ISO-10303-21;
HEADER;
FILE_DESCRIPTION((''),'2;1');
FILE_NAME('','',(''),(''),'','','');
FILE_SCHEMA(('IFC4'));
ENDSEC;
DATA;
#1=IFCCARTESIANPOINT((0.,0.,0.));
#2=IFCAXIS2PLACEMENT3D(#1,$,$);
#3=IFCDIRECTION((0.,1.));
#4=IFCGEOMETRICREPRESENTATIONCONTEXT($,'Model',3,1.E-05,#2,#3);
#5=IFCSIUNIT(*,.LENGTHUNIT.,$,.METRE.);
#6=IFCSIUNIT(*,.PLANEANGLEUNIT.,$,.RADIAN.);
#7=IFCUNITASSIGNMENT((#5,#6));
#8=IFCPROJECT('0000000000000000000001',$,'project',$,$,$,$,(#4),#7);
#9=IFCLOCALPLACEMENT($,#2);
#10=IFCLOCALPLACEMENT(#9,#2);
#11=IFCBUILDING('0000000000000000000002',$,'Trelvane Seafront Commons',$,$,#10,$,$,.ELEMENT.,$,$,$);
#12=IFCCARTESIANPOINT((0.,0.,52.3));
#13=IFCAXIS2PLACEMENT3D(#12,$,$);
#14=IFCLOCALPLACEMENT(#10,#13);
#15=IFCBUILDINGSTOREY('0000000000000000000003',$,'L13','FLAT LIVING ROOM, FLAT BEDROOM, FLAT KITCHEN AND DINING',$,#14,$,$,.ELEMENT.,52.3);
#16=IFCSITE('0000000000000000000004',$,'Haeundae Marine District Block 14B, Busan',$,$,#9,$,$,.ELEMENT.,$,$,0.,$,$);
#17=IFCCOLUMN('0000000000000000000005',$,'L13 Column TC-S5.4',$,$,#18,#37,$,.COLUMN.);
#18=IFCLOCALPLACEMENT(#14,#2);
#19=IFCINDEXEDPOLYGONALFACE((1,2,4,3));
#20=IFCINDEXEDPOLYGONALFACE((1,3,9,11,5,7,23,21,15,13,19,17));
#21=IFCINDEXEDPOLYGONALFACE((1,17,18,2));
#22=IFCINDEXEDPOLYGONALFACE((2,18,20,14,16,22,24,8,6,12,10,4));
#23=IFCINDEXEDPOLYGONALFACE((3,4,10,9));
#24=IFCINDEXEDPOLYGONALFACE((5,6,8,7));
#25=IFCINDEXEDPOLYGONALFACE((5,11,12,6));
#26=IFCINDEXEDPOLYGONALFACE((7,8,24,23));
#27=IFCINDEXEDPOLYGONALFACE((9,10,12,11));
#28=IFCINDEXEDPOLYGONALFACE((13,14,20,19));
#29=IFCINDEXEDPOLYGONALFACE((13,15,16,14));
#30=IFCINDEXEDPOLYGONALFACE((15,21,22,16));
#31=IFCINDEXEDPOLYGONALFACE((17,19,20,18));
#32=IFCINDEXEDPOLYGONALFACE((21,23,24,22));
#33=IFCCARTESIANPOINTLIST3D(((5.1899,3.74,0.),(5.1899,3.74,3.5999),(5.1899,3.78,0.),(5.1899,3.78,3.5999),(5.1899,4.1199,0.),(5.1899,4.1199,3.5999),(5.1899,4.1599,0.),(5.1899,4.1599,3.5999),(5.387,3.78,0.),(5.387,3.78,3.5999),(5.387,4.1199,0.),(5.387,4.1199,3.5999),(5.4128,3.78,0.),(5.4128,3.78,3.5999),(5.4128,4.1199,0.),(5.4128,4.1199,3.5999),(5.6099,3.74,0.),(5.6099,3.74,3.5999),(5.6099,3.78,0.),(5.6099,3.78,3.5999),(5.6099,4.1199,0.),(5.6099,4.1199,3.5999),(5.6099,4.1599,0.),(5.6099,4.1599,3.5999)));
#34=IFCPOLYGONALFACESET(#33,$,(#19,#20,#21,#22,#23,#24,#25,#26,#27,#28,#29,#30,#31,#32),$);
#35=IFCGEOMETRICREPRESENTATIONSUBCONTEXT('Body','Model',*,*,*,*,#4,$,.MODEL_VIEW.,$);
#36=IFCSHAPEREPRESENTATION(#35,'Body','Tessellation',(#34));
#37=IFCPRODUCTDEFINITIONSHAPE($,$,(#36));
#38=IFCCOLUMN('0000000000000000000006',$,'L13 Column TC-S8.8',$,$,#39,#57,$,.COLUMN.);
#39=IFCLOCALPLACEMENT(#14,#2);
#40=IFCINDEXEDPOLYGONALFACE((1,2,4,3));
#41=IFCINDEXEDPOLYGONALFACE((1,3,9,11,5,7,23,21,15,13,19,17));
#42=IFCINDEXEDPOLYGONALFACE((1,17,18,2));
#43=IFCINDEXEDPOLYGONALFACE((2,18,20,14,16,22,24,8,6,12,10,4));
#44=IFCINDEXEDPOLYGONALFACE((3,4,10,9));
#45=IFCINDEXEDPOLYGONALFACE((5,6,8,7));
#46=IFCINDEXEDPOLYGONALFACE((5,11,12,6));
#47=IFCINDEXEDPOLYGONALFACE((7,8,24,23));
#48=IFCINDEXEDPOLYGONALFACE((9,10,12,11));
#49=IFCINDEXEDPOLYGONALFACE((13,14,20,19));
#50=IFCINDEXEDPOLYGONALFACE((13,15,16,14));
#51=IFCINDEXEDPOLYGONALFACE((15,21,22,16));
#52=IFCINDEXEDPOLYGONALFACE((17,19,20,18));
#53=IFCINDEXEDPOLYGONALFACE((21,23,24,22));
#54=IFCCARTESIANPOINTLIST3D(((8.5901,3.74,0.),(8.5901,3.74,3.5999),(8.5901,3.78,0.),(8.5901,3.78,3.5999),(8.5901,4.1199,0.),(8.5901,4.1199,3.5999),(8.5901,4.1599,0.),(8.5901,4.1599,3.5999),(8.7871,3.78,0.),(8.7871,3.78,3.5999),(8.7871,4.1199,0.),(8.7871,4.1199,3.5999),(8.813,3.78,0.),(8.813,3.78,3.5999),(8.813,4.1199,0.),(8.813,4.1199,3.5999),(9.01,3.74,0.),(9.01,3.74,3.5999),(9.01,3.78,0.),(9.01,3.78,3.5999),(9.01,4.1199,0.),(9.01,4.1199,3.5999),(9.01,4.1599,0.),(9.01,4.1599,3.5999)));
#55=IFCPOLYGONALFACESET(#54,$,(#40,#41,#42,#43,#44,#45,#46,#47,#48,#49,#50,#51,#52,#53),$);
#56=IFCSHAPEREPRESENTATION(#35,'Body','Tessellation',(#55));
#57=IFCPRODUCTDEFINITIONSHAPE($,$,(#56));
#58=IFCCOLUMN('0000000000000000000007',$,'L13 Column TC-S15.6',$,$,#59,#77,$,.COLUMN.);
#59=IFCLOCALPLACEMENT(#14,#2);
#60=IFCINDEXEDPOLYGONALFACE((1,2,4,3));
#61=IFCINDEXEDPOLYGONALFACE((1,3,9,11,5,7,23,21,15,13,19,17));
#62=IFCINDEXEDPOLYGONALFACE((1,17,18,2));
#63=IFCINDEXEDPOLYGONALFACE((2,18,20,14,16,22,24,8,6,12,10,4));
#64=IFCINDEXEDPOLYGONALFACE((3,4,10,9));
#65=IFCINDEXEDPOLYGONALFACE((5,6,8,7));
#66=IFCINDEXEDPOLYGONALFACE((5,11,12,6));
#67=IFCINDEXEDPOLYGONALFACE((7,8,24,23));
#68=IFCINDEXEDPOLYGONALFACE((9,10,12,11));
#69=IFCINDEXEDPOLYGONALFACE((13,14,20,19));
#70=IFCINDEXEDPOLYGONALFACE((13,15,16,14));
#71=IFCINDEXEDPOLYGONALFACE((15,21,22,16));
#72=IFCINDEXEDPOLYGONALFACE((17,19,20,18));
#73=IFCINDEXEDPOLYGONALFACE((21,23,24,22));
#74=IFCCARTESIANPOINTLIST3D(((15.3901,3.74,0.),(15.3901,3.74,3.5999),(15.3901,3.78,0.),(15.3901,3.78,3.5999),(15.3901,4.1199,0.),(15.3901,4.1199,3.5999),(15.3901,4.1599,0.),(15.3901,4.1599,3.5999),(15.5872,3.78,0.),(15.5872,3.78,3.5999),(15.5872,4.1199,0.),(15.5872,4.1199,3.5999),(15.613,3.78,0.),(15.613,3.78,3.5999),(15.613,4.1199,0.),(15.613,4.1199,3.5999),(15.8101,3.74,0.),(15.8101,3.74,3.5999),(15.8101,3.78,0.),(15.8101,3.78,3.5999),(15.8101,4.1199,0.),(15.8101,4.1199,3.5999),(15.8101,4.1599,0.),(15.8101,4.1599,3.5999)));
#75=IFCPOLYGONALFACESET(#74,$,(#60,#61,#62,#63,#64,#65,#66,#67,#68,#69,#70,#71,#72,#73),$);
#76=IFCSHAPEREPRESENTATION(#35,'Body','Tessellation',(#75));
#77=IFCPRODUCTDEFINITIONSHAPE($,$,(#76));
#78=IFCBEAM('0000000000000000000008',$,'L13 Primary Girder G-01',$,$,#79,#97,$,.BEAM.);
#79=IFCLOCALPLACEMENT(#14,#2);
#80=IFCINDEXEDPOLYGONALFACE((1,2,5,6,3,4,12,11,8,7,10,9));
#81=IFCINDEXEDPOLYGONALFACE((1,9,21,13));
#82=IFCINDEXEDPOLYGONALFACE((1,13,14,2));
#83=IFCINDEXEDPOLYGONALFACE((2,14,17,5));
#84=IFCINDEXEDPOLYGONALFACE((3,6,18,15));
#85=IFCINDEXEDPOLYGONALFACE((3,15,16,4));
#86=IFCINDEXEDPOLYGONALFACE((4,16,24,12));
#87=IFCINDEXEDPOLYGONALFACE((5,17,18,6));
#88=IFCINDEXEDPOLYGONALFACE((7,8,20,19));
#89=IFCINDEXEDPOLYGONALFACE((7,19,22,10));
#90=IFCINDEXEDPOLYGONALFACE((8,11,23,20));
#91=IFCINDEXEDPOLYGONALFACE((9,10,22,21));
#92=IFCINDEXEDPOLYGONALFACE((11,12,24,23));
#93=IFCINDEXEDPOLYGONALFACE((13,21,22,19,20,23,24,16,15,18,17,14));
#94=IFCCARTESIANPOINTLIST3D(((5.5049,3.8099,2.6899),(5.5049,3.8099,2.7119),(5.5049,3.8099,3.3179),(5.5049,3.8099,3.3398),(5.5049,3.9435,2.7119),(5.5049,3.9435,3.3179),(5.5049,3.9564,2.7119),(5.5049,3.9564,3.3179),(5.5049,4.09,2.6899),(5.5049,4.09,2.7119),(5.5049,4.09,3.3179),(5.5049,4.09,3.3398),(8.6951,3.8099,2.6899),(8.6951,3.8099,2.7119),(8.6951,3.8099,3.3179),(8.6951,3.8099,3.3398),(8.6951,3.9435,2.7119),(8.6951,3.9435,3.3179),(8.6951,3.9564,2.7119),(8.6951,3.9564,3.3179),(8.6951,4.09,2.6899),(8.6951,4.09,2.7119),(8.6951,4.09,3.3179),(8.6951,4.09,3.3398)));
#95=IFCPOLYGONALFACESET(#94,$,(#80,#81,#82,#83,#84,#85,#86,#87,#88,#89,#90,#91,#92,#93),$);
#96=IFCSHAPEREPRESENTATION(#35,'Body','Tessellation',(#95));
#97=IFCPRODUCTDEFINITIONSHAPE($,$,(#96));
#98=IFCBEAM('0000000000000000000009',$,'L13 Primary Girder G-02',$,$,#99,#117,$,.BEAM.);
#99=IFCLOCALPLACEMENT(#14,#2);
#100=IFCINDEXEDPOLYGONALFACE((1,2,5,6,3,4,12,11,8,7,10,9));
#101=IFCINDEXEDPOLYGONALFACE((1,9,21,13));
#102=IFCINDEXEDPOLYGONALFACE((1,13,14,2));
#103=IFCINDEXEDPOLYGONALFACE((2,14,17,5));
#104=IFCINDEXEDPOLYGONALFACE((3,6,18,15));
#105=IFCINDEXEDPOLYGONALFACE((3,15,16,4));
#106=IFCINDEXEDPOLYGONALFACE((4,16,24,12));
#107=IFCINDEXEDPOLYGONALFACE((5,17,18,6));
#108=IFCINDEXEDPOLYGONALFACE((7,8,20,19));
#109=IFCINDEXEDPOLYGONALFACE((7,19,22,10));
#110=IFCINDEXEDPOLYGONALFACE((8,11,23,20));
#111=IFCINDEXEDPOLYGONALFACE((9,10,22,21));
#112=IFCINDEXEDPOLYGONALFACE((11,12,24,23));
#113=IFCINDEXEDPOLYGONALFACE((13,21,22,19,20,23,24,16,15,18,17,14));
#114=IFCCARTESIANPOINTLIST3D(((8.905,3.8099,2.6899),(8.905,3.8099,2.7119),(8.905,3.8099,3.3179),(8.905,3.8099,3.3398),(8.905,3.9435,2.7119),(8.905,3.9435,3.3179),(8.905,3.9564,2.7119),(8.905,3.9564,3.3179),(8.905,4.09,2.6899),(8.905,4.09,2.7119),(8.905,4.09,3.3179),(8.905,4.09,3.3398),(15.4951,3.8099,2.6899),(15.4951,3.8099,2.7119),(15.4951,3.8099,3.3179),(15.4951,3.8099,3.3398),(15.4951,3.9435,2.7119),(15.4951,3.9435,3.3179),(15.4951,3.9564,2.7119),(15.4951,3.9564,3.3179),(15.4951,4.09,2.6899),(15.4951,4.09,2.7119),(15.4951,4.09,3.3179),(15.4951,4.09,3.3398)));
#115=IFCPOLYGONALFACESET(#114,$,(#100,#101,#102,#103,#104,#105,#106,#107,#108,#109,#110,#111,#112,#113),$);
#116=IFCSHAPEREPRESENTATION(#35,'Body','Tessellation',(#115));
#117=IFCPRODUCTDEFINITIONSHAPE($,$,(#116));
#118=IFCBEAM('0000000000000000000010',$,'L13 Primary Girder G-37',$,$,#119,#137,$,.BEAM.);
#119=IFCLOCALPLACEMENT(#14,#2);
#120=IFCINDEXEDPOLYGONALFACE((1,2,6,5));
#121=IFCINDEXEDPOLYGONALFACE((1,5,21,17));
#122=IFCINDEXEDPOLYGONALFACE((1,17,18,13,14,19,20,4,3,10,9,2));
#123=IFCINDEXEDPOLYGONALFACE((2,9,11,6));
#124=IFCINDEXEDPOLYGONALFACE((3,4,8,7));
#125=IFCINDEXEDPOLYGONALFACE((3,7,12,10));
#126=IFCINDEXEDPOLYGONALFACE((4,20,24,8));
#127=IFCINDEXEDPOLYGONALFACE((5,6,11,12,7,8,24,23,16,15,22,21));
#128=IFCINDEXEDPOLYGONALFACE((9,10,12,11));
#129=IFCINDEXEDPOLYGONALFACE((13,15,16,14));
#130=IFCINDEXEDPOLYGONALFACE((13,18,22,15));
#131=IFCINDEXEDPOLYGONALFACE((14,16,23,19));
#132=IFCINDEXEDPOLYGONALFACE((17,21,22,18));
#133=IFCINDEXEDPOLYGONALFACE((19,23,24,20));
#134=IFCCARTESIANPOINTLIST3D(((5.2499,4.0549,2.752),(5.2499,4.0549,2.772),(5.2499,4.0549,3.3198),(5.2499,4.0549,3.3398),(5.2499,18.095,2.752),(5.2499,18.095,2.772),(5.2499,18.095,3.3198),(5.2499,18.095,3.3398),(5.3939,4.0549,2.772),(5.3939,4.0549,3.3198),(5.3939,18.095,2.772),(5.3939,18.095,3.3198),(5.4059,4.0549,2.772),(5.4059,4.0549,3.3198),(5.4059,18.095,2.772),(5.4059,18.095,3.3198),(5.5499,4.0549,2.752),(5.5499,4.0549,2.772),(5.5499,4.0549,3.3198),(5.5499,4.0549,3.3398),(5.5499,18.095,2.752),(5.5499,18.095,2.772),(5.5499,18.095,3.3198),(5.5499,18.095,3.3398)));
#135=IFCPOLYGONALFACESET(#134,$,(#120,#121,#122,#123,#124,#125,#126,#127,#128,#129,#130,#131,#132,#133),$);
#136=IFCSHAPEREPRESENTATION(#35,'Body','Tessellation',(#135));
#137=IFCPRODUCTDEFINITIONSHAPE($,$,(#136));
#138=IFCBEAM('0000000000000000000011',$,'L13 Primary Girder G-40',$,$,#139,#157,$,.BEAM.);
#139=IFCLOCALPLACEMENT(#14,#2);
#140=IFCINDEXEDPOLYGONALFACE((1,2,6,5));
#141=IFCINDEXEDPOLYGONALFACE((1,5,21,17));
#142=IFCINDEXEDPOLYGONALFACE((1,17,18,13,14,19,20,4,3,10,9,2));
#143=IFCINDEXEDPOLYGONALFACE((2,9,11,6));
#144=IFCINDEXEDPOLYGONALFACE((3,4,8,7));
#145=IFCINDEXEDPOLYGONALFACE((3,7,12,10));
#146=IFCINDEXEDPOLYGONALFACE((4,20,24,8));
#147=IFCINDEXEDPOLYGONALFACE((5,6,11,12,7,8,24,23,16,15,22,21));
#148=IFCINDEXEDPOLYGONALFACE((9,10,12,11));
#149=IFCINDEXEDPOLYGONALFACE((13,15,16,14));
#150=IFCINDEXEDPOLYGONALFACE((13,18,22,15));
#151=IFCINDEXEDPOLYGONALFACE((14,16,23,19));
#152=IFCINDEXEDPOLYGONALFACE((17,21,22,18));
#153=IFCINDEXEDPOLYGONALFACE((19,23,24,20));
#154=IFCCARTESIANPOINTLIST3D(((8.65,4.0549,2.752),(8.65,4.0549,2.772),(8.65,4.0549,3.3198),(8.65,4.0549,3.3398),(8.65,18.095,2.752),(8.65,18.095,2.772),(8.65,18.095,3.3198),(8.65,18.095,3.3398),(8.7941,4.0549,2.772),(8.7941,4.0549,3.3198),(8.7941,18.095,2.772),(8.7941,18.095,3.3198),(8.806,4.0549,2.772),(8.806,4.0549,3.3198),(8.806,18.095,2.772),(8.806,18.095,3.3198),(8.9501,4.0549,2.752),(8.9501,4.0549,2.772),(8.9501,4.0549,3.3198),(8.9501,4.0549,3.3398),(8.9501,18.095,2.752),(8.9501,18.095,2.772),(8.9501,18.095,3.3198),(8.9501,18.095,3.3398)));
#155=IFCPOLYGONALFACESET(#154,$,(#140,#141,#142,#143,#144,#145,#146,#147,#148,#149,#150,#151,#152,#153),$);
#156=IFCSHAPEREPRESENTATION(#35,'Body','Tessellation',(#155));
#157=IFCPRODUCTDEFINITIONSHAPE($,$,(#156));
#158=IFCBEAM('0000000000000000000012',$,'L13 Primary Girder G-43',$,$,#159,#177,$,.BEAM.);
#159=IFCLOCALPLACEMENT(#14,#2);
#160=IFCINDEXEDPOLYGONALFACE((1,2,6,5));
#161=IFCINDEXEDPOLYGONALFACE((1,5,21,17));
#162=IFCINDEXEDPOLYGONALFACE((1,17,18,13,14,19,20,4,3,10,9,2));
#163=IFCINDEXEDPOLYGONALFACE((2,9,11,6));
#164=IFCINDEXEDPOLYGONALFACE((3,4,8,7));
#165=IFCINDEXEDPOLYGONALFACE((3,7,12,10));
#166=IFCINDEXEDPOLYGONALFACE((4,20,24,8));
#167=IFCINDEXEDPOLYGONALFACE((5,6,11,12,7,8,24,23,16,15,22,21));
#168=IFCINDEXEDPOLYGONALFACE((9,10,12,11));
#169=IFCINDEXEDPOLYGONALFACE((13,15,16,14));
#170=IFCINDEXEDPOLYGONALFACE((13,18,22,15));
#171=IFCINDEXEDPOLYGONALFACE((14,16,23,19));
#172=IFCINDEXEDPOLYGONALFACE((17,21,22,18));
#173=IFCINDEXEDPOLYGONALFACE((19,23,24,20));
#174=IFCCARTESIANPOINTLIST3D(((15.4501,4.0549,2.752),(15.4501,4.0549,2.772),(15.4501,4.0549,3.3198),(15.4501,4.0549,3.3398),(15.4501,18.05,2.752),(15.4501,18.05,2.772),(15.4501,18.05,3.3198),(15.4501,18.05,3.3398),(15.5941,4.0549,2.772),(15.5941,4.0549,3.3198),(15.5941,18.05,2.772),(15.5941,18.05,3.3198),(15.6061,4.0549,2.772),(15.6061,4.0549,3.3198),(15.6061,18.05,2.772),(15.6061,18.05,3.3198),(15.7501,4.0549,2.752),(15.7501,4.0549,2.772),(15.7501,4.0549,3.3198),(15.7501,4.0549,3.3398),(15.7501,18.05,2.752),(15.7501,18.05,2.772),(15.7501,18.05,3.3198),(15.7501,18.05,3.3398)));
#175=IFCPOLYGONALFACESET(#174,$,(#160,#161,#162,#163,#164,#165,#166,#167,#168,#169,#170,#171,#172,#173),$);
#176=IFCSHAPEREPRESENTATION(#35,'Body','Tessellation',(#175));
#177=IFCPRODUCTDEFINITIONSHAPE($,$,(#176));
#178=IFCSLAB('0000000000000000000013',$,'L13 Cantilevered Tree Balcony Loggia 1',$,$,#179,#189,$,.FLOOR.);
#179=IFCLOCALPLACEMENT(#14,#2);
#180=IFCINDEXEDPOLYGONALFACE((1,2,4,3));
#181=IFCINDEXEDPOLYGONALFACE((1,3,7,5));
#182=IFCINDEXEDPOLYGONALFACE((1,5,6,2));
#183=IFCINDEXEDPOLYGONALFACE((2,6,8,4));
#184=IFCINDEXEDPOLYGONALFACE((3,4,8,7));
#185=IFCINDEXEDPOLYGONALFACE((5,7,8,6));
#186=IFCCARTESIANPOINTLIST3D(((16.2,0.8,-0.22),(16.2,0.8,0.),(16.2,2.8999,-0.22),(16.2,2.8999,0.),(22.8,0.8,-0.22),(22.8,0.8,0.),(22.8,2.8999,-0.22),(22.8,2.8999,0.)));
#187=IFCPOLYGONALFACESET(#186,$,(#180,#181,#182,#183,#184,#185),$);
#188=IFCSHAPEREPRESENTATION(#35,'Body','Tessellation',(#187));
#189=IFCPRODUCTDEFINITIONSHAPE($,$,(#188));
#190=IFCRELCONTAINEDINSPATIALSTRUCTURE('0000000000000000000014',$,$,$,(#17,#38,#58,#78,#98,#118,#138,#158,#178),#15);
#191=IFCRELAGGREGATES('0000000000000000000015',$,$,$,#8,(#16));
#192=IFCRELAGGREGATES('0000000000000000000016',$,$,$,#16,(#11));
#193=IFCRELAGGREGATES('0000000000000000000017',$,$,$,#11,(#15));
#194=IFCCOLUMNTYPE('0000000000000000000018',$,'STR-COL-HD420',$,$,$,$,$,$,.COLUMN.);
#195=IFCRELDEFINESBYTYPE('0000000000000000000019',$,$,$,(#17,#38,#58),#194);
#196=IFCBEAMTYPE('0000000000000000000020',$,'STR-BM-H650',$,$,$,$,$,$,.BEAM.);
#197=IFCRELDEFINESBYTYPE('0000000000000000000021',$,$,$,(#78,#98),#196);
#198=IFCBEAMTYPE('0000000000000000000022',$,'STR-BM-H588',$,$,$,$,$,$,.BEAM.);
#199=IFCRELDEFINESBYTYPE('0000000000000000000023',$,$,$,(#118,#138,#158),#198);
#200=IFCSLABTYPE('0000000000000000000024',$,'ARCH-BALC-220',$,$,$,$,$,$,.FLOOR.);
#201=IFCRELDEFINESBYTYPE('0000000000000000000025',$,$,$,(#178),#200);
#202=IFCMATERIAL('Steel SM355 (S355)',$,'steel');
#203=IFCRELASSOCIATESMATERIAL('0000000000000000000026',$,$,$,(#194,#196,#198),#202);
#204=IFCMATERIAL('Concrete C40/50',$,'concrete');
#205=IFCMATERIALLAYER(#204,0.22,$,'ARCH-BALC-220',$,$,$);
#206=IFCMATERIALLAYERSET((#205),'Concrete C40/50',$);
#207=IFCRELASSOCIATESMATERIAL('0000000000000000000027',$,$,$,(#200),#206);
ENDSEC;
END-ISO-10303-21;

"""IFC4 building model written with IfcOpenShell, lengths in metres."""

from ifc_helpers import new_model, si_unit, direction, frame, origin, origin_2d, place, context, subcontext, project, spatial, polyline, i_section, outline, extrude, source, transform, mapped, material, layer, layer_set, material_profile, profile_set, type_object, element, save


model = new_model("IFC4")

# Units and contexts
model_context = context("Model", 3, precision=1e-05, world=origin(), true_north=direction((0.0, 1.0)))
body_context = subcontext(model_context, "Body", "Model", "MODEL_VIEW")
ifc_project = project(units=[si_unit("LENGTHUNIT", "METRE"), si_unit("PLANEANGLEUNIT", "RADIAN")], contexts=[model_context])

# Site, building, storey
site_placement = place(None, origin())
site = spatial("IfcSite", under=ifc_project, at=site_placement, Name="Haeundae Marine District Block 14B, Busan", CompositionType="ELEMENT", RefElevation=0.0)
building_placement = place(site_placement, origin())
building = spatial("IfcBuilding", under=site, at=building_placement, Name="Trelvane Seafront Commons", CompositionType="ELEMENT")
storey_placement = place(building_placement, frame((0.0, 0.0, 52.3)))
storey = spatial("IfcBuildingStorey", under=building, at=storey_placement, Name="L13", Description="FLAT LIVING ROOM, FLAT BEDROOM, FLAT KITCHEN AND DINING", CompositionType="ELEMENT", Elevation=52.3)

# Columns
ifc_material_1 = material(Name="Steel SM355 (S355)", Category="steel")
ifc_material_profile_1 = material_profile(ifc_material_1, i_section(OverallWidth=0.4199, OverallDepth=0.4199, WebThickness=0.0259, FlangeThickness=0.04, at=origin_2d()), Name="HD-420x420x26x40")
ifc_profile_set_1 = profile_set([ifc_material_profile_1], Name="Steel SM355 (S355)")
column_type = type_object("IfcColumnType", Name="STR-COL-HD420", PredefinedType="COLUMN", material=ifc_profile_set_1)
shared_shape_1 = source(origin(), body_context, "Body", "SweptSolid", [
    extrude(i_section(OverallWidth=0.4199, OverallDepth=0.4199, WebThickness=0.0259, FlangeThickness=0.04, at=origin_2d()), origin(), (0.0, 0.0, 1.0), 3.5999),
])
for number, where, z_axis, x_axis, name in (
    (1, (5.3999, 3.95, 0.0), (0.0, 0.0, 1.0), (1.0, 0.0, 0.0), "L13 Column TC-S5.4"),
    (2, (8.8, 3.95, 0.0), (0.0, 0.0, 1.0), (1.0, 0.0, 0.0), "L13 Column TC-S8.8"),
    (3, (15.6001, 3.95, 0.0), (0.0, 0.0, 1.0), (1.0, 0.0, 0.0), "L13 Column TC-S15.6"),
):
    element("IfcColumn", number, at=place(storey_placement, frame(where, z_axis=z_axis, x_axis=x_axis)), inside=storey, type_object=column_type, Name=name, PredefinedType="COLUMN", context=body_context, shape_type="MappedRepresentation", body=[
        mapped(shared_shape_1, transform((0.0, 0.0, 0.0), x_axis=(1.0, 0.0, 0.0), y_axis=(0.0, 1.0, 0.0), z_axis=(0.0, 0.0, 1.0), scale=1.0)),
    ])

# Beams
ifc_material_profile_2 = material_profile(ifc_material_1, i_section(OverallWidth=0.28, OverallDepth=0.6499, WebThickness=0.0129, FlangeThickness=0.022, at=origin_2d()), Name="H-650x280x13x22")
ifc_profile_set_2 = profile_set([ifc_material_profile_2], Name="Steel SM355 (S355)")
beam_type_1 = type_object("IfcBeamType", Name="STR-BM-H650", PredefinedType="BEAM", material=ifc_profile_set_2)
shared_shape_2 = source(origin(), body_context, "Body", "SweptSolid", [
    extrude(i_section(OverallWidth=0.28, OverallDepth=0.6499, WebThickness=0.0129, FlangeThickness=0.022, at=origin_2d()), origin(), (0.0, 0.0, 1.0), 3.1902),
])
beam_1_placement = place(storey_placement, frame((5.5049, 3.95, 3.0149), z_axis=(1.0, 0.0, 0.0), x_axis=(0.0, 1.0, 0.0)))
element("IfcBeam", 4, at=beam_1_placement, inside=storey, type_object=beam_type_1, Name="L13 Primary Girder G-01", PredefinedType="BEAM", context=body_context, shape_type="MappedRepresentation", body=[
    mapped(shared_shape_2, transform((0.0, 0.0, 0.0), x_axis=(1.0, 0.0, 0.0), y_axis=(0.0, 1.0, 0.0), z_axis=(0.0, 0.0, 1.0), scale=1.0)),
])
shared_shape_3 = source(origin(), body_context, "Body", "SweptSolid", [
    extrude(i_section(OverallWidth=0.28, OverallDepth=0.6499, WebThickness=0.0129, FlangeThickness=0.022, at=origin_2d()), origin(), (0.0, 0.0, 1.0), 6.5901),
])
beam_2_placement = place(storey_placement, frame((8.905, 3.95, 3.0149), z_axis=(1.0, 0.0, 0.0), x_axis=(0.0, 1.0, 0.0)))
element("IfcBeam", 5, at=beam_2_placement, inside=storey, type_object=beam_type_1, Name="L13 Primary Girder G-02", PredefinedType="BEAM", context=body_context, shape_type="MappedRepresentation", body=[
    mapped(shared_shape_3, transform((0.0, 0.0, 0.0), x_axis=(1.0, 0.0, 0.0), y_axis=(0.0, 1.0, 0.0), z_axis=(0.0, 0.0, 1.0), scale=1.0)),
])
ifc_material_profile_3 = material_profile(ifc_material_1, i_section(OverallWidth=0.3, OverallDepth=0.5879, WebThickness=0.012, FlangeThickness=0.02, at=origin_2d()), Name="H-588x300x12x20")
ifc_profile_set_3 = profile_set([ifc_material_profile_3], Name="Steel SM355 (S355)")
beam_type_2 = type_object("IfcBeamType", Name="STR-BM-H588", PredefinedType="BEAM", material=ifc_profile_set_3)
shared_shape_4 = source(origin(), body_context, "Body", "SweptSolid", [
    extrude(i_section(OverallWidth=0.3, OverallDepth=0.5879, WebThickness=0.012, FlangeThickness=0.02, at=origin_2d()), origin(), (0.0, 0.0, 1.0), 14.04),
])
for number, where, z_axis, x_axis, name in (
    (6, (5.3999, 4.0549, 3.0459), (0.0, 1.0, 0.0), (-1.0, 0.0, 0.0), "L13 Primary Girder G-37"),
    (7, (8.8, 4.0549, 3.0459), (0.0, 1.0, 0.0), (-1.0, 0.0, 0.0), "L13 Primary Girder G-40"),
):
    element("IfcBeam", number, at=place(storey_placement, frame(where, z_axis=z_axis, x_axis=x_axis)), inside=storey, type_object=beam_type_2, Name=name, PredefinedType="BEAM", context=body_context, shape_type="MappedRepresentation", body=[
        mapped(shared_shape_4, transform((0.0, 0.0, 0.0), x_axis=(1.0, 0.0, 0.0), y_axis=(0.0, 1.0, 0.0), z_axis=(0.0, 0.0, 1.0), scale=1.0)),
    ])
shared_shape_5 = source(origin(), body_context, "Body", "SweptSolid", [
    extrude(i_section(OverallWidth=0.3, OverallDepth=0.5879, WebThickness=0.012, FlangeThickness=0.02, at=origin_2d()), origin(), (0.0, 0.0, 1.0), 13.9951),
])
beam_3_placement = place(storey_placement, frame((15.6001, 4.0549, 3.0459), z_axis=(0.0, 1.0, 0.0), x_axis=(-1.0, 0.0, 0.0)))
element("IfcBeam", 8, at=beam_3_placement, inside=storey, type_object=beam_type_2, Name="L13 Primary Girder G-43", PredefinedType="BEAM", context=body_context, shape_type="MappedRepresentation", body=[
    mapped(shared_shape_5, transform((0.0, 0.0, 0.0), x_axis=(1.0, 0.0, 0.0), y_axis=(0.0, 1.0, 0.0), z_axis=(0.0, 0.0, 1.0), scale=1.0)),
])

# Slab
ifc_material_2 = material(Name="Concrete C40/50", Category="concrete")
ifc_layer_1 = layer(ifc_material_2, 0.22, Name="ARCH-BALC-220")
ifc_layer_set_1 = layer_set([ifc_layer_1], Name="Concrete C40/50")
slab_type_1 = type_object("IfcSlabType", Name="ARCH-BALC-220", PredefinedType="FLOOR", material=ifc_layer_set_1)
slab_1_placement = place(storey_placement, frame((0.0, 0.0, -0.22)))
element("IfcSlab", 9, at=slab_1_placement, inside=storey, type_object=slab_type_1, Name="L13 Cantilevered Tree Balcony Loggia 1", PredefinedType="FLOOR", context=body_context, shape_type="SweptSolid", body=[
    extrude(outline(polyline([(16.2, 0.8), (22.8, 0.8), (22.8, 2.8999), (16.2, 2.8999), (16.2, 0.8)])), origin(), (0.0, 0.0, 1.0), 0.22),
])

save(model, "model.ifc")
